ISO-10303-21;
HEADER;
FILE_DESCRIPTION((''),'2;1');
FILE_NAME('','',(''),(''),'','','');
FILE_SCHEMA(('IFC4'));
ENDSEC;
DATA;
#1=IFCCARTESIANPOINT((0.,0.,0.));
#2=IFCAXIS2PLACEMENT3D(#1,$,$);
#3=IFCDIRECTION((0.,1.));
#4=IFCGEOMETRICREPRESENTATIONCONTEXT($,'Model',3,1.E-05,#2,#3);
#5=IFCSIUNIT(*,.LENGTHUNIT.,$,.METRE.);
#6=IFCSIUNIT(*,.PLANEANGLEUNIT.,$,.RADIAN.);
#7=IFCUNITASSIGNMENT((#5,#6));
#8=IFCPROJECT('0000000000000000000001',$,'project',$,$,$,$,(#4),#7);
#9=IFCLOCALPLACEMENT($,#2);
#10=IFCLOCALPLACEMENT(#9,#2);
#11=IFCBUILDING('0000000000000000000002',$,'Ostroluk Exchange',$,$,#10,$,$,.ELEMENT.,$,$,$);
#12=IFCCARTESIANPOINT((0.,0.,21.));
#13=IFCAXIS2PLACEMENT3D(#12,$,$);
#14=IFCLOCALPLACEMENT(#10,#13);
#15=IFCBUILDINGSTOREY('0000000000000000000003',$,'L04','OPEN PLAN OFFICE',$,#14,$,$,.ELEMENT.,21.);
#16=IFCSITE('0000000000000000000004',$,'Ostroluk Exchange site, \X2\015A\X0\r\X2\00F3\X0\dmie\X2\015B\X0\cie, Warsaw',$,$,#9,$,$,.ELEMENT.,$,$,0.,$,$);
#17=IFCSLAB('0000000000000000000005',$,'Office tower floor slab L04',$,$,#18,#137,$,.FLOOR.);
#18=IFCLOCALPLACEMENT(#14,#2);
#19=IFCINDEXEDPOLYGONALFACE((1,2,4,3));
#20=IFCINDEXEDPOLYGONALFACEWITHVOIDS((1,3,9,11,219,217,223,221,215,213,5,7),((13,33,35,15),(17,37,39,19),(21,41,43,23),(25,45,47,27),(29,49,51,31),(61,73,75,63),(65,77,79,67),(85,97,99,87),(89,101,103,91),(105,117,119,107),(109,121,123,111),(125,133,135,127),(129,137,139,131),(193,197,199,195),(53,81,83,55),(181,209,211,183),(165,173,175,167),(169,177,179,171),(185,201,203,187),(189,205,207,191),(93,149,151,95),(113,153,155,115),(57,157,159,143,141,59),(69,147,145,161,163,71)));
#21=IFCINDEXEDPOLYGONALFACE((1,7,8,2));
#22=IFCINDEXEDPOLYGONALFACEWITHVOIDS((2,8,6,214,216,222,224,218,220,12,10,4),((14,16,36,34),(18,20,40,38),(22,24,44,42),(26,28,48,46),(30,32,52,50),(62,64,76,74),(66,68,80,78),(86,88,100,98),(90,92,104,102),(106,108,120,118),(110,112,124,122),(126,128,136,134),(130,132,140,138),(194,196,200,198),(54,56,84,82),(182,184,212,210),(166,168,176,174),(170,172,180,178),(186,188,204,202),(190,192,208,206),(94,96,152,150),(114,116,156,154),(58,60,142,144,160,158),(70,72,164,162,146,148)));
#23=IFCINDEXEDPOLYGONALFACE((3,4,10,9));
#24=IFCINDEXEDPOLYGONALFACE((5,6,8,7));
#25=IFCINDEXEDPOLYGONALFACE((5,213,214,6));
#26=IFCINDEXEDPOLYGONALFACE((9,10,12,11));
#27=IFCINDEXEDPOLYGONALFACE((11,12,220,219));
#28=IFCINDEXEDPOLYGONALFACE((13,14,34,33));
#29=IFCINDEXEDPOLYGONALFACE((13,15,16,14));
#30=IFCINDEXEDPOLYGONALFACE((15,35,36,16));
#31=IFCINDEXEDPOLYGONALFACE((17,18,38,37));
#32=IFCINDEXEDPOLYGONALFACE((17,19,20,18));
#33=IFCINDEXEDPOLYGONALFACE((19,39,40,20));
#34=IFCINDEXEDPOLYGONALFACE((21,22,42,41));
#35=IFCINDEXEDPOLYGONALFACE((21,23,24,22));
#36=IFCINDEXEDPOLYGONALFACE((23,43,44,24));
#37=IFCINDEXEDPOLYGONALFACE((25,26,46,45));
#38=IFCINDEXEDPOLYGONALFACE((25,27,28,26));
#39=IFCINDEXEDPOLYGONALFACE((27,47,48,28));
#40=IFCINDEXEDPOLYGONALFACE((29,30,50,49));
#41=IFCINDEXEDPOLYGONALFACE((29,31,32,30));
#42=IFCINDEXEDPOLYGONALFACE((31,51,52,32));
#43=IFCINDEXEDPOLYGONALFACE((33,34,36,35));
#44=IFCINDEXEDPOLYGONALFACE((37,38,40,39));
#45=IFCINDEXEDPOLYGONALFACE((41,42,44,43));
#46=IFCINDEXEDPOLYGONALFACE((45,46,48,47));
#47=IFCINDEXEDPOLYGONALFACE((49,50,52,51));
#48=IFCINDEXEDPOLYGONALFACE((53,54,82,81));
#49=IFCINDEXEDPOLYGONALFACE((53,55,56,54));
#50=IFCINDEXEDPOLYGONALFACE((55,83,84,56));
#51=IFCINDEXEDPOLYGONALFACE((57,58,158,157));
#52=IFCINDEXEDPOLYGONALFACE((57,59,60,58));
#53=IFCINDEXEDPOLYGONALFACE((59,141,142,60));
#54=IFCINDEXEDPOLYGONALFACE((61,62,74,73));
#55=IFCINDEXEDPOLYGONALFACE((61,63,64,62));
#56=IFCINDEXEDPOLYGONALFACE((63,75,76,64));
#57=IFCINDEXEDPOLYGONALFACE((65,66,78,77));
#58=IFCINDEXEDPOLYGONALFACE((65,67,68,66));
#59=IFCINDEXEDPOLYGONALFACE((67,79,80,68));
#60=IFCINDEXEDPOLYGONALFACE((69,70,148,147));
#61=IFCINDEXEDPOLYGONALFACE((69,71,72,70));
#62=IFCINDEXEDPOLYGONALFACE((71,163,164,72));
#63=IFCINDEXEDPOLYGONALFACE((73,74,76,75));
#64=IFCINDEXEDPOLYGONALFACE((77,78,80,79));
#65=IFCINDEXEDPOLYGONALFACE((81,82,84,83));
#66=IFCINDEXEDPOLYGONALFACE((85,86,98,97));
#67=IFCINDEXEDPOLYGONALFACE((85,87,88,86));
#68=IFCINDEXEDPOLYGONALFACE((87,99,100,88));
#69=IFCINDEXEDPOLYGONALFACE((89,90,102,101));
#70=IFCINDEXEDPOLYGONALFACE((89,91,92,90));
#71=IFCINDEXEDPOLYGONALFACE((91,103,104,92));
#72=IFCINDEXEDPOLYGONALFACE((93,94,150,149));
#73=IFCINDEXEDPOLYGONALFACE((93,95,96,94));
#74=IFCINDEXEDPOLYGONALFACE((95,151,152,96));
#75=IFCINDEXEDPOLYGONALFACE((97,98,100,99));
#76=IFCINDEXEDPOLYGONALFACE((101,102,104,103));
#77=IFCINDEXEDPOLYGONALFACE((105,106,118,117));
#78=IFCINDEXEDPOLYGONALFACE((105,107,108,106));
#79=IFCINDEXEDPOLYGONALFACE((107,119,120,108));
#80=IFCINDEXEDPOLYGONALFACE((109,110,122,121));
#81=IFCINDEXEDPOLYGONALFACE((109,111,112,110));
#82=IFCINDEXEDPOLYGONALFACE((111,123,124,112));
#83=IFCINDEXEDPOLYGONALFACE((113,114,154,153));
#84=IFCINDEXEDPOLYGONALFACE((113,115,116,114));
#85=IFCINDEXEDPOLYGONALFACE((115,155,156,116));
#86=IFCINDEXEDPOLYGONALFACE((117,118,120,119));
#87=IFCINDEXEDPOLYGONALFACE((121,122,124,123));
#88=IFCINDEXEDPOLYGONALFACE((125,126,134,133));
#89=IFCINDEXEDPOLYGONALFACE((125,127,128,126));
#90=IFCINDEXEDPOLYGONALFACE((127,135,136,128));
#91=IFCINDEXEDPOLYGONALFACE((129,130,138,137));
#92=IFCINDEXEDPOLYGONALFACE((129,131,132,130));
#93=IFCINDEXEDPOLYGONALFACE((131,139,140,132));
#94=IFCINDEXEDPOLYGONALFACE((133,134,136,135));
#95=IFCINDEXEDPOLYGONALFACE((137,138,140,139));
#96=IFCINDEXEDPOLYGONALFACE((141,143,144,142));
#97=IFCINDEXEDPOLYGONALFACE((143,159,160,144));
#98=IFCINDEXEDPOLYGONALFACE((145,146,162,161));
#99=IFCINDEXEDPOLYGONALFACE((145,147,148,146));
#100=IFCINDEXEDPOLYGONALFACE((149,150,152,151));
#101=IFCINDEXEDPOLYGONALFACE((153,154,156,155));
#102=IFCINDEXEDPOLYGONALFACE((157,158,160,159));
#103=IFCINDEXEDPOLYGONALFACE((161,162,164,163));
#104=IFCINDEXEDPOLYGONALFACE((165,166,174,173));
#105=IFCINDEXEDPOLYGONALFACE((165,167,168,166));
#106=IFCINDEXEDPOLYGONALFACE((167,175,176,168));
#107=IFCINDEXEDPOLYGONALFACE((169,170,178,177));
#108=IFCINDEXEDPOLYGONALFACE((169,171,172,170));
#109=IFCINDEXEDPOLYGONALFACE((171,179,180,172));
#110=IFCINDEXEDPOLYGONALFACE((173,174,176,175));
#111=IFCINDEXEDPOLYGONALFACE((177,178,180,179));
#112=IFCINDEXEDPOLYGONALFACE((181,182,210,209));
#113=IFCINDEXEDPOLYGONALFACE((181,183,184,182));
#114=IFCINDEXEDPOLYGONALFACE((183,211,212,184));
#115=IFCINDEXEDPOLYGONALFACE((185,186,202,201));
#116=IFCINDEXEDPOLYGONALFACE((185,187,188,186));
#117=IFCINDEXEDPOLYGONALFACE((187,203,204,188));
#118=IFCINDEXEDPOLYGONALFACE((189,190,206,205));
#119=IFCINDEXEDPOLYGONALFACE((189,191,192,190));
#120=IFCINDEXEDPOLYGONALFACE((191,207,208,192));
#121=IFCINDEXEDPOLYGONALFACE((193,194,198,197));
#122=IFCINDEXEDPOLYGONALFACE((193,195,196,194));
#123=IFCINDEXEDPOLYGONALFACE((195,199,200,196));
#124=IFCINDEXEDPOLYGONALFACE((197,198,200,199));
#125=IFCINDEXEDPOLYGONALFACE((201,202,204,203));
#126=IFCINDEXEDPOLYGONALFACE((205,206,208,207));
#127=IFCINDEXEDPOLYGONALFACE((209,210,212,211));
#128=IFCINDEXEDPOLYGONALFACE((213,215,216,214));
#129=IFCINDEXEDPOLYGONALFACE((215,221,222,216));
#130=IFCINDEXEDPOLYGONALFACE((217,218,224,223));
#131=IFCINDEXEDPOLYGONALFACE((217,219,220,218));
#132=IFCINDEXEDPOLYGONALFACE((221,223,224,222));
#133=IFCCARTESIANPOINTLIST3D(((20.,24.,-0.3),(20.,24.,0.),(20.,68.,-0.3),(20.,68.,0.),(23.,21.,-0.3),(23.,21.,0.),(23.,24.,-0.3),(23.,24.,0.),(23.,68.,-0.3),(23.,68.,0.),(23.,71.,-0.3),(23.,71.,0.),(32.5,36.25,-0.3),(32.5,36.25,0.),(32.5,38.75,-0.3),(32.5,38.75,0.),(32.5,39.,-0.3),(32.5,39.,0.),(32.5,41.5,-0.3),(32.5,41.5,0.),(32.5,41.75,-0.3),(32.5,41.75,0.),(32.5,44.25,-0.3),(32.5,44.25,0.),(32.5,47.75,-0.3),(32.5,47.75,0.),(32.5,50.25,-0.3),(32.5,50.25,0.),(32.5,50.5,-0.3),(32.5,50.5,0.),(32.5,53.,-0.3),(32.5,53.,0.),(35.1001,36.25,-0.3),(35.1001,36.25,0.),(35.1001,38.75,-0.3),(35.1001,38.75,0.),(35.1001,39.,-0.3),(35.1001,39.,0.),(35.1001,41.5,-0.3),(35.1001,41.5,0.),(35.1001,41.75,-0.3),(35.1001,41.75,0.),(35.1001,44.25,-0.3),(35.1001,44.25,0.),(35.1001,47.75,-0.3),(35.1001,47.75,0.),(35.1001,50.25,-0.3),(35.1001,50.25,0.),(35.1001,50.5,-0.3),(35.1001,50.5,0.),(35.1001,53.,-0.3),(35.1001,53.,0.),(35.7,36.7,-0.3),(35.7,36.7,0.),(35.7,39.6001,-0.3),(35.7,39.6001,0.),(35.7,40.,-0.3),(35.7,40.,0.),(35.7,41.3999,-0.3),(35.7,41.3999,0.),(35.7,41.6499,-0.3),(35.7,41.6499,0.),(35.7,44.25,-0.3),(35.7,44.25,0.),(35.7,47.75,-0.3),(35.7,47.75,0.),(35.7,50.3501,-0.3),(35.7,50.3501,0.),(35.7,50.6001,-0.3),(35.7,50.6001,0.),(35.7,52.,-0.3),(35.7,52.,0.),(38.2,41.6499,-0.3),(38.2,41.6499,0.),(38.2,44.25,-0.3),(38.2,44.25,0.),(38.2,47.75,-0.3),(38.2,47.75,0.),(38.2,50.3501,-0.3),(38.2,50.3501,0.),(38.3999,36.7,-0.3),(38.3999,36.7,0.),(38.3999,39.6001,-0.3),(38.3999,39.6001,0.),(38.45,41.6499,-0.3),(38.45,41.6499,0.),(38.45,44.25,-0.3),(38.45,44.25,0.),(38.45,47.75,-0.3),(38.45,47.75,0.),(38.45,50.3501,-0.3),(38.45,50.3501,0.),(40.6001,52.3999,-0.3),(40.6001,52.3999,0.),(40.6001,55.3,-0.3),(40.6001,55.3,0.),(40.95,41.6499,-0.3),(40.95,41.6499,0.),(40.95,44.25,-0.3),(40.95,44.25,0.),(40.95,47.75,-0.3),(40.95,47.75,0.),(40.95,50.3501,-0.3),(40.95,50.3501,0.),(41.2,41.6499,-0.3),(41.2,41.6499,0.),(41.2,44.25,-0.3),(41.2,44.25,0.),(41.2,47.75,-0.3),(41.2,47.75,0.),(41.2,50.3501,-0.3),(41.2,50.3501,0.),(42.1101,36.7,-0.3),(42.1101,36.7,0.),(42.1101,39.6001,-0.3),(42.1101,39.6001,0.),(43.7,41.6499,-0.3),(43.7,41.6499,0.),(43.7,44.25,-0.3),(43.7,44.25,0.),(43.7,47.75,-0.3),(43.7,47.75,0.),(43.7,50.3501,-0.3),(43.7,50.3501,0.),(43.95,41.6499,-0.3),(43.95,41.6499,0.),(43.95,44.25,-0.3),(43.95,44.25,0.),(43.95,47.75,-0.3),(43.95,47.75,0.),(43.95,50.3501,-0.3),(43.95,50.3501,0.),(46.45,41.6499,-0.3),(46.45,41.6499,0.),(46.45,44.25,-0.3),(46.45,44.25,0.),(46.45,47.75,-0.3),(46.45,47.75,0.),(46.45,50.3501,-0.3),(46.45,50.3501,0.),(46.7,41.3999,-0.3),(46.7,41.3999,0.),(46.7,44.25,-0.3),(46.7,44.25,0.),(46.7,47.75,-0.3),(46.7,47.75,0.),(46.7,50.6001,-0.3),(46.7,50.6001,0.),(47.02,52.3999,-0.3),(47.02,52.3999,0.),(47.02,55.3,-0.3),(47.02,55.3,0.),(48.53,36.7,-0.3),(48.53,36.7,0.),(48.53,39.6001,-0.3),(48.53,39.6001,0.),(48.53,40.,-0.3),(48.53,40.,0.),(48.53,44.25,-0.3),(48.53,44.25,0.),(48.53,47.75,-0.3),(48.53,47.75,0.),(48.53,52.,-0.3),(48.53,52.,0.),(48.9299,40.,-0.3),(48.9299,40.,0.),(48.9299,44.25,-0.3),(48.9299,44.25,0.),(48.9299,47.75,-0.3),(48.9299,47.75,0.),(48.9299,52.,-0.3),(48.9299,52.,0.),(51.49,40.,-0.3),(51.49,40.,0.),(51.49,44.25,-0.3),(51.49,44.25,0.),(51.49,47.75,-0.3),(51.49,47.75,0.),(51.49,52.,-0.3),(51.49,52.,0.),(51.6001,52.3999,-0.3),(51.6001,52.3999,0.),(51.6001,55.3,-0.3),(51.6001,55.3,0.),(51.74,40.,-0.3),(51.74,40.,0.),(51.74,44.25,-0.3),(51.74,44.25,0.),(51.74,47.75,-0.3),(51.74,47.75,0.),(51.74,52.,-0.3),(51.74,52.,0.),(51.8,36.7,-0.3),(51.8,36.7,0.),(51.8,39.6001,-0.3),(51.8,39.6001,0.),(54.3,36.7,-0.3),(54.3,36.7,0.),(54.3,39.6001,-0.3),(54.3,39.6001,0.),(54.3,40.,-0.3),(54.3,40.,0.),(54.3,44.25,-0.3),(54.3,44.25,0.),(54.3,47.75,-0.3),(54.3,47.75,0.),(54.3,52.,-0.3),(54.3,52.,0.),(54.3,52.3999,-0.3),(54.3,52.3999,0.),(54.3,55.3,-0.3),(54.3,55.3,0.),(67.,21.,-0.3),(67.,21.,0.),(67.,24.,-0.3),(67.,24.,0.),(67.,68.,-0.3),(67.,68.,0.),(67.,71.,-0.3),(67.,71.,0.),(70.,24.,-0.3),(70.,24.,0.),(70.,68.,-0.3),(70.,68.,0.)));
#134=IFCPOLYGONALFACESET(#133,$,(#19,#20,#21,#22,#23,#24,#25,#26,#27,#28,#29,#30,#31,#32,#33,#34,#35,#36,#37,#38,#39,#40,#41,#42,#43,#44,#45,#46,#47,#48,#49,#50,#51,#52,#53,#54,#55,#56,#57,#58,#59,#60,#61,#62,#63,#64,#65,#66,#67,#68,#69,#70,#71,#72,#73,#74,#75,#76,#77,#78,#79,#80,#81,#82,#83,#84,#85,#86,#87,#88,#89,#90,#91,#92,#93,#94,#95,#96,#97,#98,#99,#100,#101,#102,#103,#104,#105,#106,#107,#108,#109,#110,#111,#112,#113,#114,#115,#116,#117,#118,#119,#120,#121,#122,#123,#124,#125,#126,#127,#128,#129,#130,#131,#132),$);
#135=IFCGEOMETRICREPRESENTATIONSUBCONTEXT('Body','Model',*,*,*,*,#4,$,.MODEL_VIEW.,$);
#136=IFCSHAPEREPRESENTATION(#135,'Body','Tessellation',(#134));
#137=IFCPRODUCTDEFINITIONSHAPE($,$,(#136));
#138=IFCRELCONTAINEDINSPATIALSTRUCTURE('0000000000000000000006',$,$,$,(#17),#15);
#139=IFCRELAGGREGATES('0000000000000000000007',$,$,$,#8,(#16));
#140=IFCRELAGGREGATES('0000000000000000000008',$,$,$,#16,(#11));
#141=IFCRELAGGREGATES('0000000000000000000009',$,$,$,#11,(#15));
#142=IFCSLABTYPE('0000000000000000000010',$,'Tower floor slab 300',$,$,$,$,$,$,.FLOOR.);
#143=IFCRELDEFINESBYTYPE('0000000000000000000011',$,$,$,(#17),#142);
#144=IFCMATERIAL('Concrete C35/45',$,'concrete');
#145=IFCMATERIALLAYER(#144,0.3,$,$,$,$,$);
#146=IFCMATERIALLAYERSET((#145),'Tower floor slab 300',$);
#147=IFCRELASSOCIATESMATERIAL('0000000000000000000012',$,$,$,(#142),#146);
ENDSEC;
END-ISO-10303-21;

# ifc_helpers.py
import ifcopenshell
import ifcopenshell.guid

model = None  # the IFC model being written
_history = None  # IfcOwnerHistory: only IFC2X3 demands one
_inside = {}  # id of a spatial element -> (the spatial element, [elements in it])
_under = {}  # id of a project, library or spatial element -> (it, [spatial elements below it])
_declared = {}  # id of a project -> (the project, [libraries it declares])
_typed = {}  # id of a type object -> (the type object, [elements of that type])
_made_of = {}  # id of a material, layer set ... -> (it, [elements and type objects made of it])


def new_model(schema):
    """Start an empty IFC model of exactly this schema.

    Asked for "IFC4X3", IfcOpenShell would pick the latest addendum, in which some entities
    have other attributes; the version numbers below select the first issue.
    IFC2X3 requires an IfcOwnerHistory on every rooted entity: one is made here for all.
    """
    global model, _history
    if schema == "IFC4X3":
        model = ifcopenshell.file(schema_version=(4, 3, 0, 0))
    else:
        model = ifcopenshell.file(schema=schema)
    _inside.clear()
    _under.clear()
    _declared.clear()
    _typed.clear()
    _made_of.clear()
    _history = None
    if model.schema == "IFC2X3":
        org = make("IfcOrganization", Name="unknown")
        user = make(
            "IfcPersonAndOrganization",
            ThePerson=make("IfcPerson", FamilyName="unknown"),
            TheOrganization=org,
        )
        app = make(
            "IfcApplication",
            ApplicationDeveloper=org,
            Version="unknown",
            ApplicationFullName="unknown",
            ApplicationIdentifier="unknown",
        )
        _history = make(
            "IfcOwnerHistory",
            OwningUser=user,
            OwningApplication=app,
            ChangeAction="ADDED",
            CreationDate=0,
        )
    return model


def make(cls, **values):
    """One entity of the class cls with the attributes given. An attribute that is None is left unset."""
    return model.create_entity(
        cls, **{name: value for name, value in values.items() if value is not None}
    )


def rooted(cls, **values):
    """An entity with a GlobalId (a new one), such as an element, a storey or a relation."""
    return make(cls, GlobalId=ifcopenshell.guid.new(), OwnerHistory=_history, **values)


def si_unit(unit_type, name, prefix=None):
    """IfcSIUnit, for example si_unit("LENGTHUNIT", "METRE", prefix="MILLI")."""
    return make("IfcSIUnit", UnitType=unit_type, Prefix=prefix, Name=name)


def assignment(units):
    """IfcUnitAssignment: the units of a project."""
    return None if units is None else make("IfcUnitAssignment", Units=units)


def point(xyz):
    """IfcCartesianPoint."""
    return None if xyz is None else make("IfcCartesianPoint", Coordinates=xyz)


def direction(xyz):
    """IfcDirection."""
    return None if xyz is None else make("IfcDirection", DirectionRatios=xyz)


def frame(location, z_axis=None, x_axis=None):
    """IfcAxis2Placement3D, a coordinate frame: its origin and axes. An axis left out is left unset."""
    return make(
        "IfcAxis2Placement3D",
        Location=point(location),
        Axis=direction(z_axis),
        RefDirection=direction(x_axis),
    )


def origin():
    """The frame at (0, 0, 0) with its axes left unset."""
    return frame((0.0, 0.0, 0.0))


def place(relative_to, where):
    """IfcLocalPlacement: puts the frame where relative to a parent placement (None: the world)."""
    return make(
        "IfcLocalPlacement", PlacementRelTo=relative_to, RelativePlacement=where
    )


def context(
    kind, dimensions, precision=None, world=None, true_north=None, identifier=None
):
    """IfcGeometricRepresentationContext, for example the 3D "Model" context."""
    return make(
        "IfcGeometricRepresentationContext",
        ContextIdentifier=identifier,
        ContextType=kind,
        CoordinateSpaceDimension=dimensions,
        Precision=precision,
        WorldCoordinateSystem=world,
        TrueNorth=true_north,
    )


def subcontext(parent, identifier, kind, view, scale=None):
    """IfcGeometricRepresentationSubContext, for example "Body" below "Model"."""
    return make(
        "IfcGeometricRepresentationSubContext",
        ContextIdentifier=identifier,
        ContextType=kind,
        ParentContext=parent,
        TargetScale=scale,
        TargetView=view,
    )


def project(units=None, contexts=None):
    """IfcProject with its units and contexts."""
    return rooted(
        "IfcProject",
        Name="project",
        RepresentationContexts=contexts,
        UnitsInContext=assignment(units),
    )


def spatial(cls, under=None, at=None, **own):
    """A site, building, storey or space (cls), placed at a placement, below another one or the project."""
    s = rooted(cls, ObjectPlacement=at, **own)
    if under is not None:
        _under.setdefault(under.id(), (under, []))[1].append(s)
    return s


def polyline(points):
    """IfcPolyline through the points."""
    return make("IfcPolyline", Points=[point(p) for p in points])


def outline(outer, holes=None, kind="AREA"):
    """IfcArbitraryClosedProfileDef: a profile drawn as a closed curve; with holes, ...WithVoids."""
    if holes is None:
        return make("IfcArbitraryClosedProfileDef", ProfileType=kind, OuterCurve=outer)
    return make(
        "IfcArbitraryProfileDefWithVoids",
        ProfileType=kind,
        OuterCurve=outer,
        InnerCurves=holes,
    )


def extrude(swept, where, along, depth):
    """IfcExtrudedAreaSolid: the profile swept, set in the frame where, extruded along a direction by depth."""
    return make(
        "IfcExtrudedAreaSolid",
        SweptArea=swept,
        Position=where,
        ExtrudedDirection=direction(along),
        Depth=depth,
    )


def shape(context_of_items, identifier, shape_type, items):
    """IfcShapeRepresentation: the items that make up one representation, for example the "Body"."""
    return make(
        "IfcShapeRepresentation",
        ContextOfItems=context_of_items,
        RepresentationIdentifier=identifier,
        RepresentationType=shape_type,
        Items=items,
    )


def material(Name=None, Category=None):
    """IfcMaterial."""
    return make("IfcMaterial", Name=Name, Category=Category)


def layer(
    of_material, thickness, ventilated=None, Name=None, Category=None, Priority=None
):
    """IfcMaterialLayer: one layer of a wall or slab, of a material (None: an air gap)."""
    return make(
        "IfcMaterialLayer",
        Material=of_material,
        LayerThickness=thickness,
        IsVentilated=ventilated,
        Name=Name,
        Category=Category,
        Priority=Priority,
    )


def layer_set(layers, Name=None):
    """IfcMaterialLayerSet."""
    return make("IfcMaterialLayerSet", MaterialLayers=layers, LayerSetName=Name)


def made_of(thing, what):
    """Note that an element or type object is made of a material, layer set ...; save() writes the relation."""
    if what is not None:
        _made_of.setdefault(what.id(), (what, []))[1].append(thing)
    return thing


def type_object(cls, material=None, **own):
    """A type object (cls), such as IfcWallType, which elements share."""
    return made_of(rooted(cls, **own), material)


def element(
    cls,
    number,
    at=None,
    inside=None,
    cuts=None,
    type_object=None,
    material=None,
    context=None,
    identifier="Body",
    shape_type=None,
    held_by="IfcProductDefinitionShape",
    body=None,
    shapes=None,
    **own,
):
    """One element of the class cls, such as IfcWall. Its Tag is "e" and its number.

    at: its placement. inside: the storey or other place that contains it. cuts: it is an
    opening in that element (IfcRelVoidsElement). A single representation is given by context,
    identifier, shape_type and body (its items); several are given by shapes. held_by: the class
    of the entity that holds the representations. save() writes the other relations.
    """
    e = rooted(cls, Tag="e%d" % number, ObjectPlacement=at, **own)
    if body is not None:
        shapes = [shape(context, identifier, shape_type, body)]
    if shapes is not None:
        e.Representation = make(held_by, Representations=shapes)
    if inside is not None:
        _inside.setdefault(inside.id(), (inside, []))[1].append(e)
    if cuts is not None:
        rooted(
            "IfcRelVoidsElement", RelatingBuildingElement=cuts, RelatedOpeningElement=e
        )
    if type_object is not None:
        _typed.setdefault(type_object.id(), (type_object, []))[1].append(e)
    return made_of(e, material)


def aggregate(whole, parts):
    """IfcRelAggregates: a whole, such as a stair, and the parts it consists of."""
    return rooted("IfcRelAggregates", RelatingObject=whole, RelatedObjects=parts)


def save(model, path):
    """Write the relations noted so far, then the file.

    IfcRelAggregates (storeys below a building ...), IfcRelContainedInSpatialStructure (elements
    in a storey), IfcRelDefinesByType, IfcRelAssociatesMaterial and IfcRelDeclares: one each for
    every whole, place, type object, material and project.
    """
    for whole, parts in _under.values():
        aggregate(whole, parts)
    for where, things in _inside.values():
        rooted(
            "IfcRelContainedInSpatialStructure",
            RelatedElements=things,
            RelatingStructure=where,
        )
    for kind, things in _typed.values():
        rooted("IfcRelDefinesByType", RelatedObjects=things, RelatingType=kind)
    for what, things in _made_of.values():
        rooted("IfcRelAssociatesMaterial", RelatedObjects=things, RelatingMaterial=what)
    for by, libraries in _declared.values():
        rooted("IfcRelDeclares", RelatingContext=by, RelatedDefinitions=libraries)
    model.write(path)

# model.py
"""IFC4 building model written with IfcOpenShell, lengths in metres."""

from ifc_helpers import new_model, si_unit, direction, frame, origin, place, context, subcontext, project, spatial, polyline, outline, extrude, material, layer, layer_set, type_object, element, save


model = new_model("IFC4")

# Units and contexts
model_context = context("Model", 3, precision=1e-05, world=origin(), true_north=direction((0.0, 1.0)))
body_context = subcontext(model_context, "Body", "Model", "MODEL_VIEW")
ifc_project = project(units=[si_unit("LENGTHUNIT", "METRE"), si_unit("PLANEANGLEUNIT", "RADIAN")], contexts=[model_context])

# Site, building, storey
site_placement = place(None, origin())
site = spatial("IfcSite", under=ifc_project, at=site_placement, Name="Ostroluk Exchange site, Śródmieście, Warsaw", CompositionType="ELEMENT", RefElevation=0.0)
building_placement = place(site_placement, origin())
building = spatial("IfcBuilding", under=site, at=building_placement, Name="Ostroluk Exchange", CompositionType="ELEMENT")
storey_placement = place(building_placement, frame((0.0, 0.0, 21.0)))
storey = spatial("IfcBuildingStorey", under=building, at=storey_placement, Name="L04", Description="OPEN PLAN OFFICE", CompositionType="ELEMENT", Elevation=21.0)

# Slab
ifc_material_1 = material(Name="Concrete C35/45", Category="concrete")
ifc_layer_1 = layer(ifc_material_1, 0.3)
ifc_layer_set_1 = layer_set([ifc_layer_1], Name="Tower floor slab 300")
slab_type_1 = type_object("IfcSlabType", Name="Tower floor slab 300", PredefinedType="FLOOR", material=ifc_layer_set_1)
slab_1_placement = place(storey_placement, frame((0.0, 0.0, -0.3)))
element("IfcSlab", 1, at=slab_1_placement, inside=storey, type_object=slab_type_1, Name="Office tower floor slab L04", PredefinedType="FLOOR", context=body_context, shape_type="SweptSolid", body=[
    extrude(outline(polyline([(23.0, 21.0), (67.0, 21.0), (67.0, 24.0), (70.0, 24.0), (70.0, 68.0), (67.0, 68.0), (67.0, 71.0), (23.0, 71.0), (23.0, 68.0), (20.0, 68.0), (20.0, 24.0), (23.0, 24.0), (23.0, 21.0)]), holes=[polyline([(35.7, 36.7), (38.3999, 36.7), (38.3999, 39.6001), (35.7, 39.6001), (35.7, 36.7)]), polyline([(42.1101, 36.7), (48.53, 36.7), (48.53, 39.6001), (42.1101, 39.6001), (42.1101, 36.7)]), polyline([(51.8, 36.7), (54.3, 36.7), (54.3, 39.6001), (51.8, 39.6001), (51.8, 36.7)]), polyline([(40.6001, 52.3999), (47.02, 52.3999), (47.02, 55.3), (40.6001, 55.3), (40.6001, 52.3999)]), polyline([(51.6001, 52.3999), (54.3, 52.3999), (54.3, 55.3), (51.6001, 55.3), (51.6001, 52.3999)]), polyline([(35.7, 47.75), (38.2, 47.75), (38.2, 50.3501), (35.7, 50.3501), (35.7, 47.75)]), polyline([(38.45, 47.75), (40.95, 47.75), (40.95, 50.3501), (38.45, 50.3501), (38.45, 47.75)]), polyline([(41.2, 47.75), (43.7, 47.75), (43.7, 50.3501), (41.2, 50.3501), (41.2, 47.75)]), polyline([(43.95, 47.75), (46.45, 47.75), (46.45, 50.3501), (43.95, 50.3501), (43.95, 47.75)]), polyline([(35.7, 41.6499), (38.2, 41.6499), (38.2, 44.25), (35.7, 44.25), (35.7, 41.6499)]), polyline([(38.45, 41.6499), (40.95, 41.6499), (40.95, 44.25), (38.45, 44.25), (38.45, 41.6499)]), polyline([(41.2, 41.6499), (43.7, 41.6499), (43.7, 44.25), (41.2, 44.25), (41.2, 41.6499)]), polyline([(43.95, 41.6499), (46.45, 41.6499), (46.45, 44.25), (43.95, 44.25), (43.95, 41.6499)]), polyline([(48.9299, 47.75), (51.49, 47.75), (51.49, 52.0), (48.9299, 52.0), (48.9299, 47.75)]), polyline([(51.74, 47.75), (54.3, 47.75), (54.3, 52.0), (51.74, 52.0), (51.74, 47.75)]), polyline([(48.9299, 40.0), (51.49, 40.0), (51.49, 44.25), (48.9299, 44.25), (48.9299, 40.0)]), polyline([(51.74, 40.0), (54.3, 40.0), (54.3, 44.25), (51.74, 44.25), (51.74, 40.0)]), polyline([(48.53, 52.0), (48.53, 47.75), (46.7, 47.75), (46.7, 50.6001), (35.7, 50.6001), (35.7, 52.0), (48.53, 52.0)]), polyline([(35.7, 40.0), (35.7, 41.3999), (46.7, 41.3999), (46.7, 44.25), (48.53, 44.25), (48.53, 40.0), (35.7, 40.0)]), polyline([(32.5, 36.25), (35.1001, 36.25), (35.1001, 38.75), (32.5, 38.75), (32.5, 36.25)]), polyline([(32.5, 39.0), (35.1001, 39.0), (35.1001, 41.5), (32.5, 41.5), (32.5, 39.0)]), polyline([(32.5, 41.75), (35.1001, 41.75), (35.1001, 44.25), (32.5, 44.25), (32.5, 41.75)]), polyline([(32.5, 47.75), (35.1001, 47.75), (35.1001, 50.25), (32.5, 50.25), (32.5, 47.75)]), polyline([(32.5, 50.5), (35.1001, 50.5), (35.1001, 53.0), (32.5, 53.0), (32.5, 50.5)])]), origin(), (0.0, 0.0, 1.0), 0.3),
])

save(model, "model.ifc")
